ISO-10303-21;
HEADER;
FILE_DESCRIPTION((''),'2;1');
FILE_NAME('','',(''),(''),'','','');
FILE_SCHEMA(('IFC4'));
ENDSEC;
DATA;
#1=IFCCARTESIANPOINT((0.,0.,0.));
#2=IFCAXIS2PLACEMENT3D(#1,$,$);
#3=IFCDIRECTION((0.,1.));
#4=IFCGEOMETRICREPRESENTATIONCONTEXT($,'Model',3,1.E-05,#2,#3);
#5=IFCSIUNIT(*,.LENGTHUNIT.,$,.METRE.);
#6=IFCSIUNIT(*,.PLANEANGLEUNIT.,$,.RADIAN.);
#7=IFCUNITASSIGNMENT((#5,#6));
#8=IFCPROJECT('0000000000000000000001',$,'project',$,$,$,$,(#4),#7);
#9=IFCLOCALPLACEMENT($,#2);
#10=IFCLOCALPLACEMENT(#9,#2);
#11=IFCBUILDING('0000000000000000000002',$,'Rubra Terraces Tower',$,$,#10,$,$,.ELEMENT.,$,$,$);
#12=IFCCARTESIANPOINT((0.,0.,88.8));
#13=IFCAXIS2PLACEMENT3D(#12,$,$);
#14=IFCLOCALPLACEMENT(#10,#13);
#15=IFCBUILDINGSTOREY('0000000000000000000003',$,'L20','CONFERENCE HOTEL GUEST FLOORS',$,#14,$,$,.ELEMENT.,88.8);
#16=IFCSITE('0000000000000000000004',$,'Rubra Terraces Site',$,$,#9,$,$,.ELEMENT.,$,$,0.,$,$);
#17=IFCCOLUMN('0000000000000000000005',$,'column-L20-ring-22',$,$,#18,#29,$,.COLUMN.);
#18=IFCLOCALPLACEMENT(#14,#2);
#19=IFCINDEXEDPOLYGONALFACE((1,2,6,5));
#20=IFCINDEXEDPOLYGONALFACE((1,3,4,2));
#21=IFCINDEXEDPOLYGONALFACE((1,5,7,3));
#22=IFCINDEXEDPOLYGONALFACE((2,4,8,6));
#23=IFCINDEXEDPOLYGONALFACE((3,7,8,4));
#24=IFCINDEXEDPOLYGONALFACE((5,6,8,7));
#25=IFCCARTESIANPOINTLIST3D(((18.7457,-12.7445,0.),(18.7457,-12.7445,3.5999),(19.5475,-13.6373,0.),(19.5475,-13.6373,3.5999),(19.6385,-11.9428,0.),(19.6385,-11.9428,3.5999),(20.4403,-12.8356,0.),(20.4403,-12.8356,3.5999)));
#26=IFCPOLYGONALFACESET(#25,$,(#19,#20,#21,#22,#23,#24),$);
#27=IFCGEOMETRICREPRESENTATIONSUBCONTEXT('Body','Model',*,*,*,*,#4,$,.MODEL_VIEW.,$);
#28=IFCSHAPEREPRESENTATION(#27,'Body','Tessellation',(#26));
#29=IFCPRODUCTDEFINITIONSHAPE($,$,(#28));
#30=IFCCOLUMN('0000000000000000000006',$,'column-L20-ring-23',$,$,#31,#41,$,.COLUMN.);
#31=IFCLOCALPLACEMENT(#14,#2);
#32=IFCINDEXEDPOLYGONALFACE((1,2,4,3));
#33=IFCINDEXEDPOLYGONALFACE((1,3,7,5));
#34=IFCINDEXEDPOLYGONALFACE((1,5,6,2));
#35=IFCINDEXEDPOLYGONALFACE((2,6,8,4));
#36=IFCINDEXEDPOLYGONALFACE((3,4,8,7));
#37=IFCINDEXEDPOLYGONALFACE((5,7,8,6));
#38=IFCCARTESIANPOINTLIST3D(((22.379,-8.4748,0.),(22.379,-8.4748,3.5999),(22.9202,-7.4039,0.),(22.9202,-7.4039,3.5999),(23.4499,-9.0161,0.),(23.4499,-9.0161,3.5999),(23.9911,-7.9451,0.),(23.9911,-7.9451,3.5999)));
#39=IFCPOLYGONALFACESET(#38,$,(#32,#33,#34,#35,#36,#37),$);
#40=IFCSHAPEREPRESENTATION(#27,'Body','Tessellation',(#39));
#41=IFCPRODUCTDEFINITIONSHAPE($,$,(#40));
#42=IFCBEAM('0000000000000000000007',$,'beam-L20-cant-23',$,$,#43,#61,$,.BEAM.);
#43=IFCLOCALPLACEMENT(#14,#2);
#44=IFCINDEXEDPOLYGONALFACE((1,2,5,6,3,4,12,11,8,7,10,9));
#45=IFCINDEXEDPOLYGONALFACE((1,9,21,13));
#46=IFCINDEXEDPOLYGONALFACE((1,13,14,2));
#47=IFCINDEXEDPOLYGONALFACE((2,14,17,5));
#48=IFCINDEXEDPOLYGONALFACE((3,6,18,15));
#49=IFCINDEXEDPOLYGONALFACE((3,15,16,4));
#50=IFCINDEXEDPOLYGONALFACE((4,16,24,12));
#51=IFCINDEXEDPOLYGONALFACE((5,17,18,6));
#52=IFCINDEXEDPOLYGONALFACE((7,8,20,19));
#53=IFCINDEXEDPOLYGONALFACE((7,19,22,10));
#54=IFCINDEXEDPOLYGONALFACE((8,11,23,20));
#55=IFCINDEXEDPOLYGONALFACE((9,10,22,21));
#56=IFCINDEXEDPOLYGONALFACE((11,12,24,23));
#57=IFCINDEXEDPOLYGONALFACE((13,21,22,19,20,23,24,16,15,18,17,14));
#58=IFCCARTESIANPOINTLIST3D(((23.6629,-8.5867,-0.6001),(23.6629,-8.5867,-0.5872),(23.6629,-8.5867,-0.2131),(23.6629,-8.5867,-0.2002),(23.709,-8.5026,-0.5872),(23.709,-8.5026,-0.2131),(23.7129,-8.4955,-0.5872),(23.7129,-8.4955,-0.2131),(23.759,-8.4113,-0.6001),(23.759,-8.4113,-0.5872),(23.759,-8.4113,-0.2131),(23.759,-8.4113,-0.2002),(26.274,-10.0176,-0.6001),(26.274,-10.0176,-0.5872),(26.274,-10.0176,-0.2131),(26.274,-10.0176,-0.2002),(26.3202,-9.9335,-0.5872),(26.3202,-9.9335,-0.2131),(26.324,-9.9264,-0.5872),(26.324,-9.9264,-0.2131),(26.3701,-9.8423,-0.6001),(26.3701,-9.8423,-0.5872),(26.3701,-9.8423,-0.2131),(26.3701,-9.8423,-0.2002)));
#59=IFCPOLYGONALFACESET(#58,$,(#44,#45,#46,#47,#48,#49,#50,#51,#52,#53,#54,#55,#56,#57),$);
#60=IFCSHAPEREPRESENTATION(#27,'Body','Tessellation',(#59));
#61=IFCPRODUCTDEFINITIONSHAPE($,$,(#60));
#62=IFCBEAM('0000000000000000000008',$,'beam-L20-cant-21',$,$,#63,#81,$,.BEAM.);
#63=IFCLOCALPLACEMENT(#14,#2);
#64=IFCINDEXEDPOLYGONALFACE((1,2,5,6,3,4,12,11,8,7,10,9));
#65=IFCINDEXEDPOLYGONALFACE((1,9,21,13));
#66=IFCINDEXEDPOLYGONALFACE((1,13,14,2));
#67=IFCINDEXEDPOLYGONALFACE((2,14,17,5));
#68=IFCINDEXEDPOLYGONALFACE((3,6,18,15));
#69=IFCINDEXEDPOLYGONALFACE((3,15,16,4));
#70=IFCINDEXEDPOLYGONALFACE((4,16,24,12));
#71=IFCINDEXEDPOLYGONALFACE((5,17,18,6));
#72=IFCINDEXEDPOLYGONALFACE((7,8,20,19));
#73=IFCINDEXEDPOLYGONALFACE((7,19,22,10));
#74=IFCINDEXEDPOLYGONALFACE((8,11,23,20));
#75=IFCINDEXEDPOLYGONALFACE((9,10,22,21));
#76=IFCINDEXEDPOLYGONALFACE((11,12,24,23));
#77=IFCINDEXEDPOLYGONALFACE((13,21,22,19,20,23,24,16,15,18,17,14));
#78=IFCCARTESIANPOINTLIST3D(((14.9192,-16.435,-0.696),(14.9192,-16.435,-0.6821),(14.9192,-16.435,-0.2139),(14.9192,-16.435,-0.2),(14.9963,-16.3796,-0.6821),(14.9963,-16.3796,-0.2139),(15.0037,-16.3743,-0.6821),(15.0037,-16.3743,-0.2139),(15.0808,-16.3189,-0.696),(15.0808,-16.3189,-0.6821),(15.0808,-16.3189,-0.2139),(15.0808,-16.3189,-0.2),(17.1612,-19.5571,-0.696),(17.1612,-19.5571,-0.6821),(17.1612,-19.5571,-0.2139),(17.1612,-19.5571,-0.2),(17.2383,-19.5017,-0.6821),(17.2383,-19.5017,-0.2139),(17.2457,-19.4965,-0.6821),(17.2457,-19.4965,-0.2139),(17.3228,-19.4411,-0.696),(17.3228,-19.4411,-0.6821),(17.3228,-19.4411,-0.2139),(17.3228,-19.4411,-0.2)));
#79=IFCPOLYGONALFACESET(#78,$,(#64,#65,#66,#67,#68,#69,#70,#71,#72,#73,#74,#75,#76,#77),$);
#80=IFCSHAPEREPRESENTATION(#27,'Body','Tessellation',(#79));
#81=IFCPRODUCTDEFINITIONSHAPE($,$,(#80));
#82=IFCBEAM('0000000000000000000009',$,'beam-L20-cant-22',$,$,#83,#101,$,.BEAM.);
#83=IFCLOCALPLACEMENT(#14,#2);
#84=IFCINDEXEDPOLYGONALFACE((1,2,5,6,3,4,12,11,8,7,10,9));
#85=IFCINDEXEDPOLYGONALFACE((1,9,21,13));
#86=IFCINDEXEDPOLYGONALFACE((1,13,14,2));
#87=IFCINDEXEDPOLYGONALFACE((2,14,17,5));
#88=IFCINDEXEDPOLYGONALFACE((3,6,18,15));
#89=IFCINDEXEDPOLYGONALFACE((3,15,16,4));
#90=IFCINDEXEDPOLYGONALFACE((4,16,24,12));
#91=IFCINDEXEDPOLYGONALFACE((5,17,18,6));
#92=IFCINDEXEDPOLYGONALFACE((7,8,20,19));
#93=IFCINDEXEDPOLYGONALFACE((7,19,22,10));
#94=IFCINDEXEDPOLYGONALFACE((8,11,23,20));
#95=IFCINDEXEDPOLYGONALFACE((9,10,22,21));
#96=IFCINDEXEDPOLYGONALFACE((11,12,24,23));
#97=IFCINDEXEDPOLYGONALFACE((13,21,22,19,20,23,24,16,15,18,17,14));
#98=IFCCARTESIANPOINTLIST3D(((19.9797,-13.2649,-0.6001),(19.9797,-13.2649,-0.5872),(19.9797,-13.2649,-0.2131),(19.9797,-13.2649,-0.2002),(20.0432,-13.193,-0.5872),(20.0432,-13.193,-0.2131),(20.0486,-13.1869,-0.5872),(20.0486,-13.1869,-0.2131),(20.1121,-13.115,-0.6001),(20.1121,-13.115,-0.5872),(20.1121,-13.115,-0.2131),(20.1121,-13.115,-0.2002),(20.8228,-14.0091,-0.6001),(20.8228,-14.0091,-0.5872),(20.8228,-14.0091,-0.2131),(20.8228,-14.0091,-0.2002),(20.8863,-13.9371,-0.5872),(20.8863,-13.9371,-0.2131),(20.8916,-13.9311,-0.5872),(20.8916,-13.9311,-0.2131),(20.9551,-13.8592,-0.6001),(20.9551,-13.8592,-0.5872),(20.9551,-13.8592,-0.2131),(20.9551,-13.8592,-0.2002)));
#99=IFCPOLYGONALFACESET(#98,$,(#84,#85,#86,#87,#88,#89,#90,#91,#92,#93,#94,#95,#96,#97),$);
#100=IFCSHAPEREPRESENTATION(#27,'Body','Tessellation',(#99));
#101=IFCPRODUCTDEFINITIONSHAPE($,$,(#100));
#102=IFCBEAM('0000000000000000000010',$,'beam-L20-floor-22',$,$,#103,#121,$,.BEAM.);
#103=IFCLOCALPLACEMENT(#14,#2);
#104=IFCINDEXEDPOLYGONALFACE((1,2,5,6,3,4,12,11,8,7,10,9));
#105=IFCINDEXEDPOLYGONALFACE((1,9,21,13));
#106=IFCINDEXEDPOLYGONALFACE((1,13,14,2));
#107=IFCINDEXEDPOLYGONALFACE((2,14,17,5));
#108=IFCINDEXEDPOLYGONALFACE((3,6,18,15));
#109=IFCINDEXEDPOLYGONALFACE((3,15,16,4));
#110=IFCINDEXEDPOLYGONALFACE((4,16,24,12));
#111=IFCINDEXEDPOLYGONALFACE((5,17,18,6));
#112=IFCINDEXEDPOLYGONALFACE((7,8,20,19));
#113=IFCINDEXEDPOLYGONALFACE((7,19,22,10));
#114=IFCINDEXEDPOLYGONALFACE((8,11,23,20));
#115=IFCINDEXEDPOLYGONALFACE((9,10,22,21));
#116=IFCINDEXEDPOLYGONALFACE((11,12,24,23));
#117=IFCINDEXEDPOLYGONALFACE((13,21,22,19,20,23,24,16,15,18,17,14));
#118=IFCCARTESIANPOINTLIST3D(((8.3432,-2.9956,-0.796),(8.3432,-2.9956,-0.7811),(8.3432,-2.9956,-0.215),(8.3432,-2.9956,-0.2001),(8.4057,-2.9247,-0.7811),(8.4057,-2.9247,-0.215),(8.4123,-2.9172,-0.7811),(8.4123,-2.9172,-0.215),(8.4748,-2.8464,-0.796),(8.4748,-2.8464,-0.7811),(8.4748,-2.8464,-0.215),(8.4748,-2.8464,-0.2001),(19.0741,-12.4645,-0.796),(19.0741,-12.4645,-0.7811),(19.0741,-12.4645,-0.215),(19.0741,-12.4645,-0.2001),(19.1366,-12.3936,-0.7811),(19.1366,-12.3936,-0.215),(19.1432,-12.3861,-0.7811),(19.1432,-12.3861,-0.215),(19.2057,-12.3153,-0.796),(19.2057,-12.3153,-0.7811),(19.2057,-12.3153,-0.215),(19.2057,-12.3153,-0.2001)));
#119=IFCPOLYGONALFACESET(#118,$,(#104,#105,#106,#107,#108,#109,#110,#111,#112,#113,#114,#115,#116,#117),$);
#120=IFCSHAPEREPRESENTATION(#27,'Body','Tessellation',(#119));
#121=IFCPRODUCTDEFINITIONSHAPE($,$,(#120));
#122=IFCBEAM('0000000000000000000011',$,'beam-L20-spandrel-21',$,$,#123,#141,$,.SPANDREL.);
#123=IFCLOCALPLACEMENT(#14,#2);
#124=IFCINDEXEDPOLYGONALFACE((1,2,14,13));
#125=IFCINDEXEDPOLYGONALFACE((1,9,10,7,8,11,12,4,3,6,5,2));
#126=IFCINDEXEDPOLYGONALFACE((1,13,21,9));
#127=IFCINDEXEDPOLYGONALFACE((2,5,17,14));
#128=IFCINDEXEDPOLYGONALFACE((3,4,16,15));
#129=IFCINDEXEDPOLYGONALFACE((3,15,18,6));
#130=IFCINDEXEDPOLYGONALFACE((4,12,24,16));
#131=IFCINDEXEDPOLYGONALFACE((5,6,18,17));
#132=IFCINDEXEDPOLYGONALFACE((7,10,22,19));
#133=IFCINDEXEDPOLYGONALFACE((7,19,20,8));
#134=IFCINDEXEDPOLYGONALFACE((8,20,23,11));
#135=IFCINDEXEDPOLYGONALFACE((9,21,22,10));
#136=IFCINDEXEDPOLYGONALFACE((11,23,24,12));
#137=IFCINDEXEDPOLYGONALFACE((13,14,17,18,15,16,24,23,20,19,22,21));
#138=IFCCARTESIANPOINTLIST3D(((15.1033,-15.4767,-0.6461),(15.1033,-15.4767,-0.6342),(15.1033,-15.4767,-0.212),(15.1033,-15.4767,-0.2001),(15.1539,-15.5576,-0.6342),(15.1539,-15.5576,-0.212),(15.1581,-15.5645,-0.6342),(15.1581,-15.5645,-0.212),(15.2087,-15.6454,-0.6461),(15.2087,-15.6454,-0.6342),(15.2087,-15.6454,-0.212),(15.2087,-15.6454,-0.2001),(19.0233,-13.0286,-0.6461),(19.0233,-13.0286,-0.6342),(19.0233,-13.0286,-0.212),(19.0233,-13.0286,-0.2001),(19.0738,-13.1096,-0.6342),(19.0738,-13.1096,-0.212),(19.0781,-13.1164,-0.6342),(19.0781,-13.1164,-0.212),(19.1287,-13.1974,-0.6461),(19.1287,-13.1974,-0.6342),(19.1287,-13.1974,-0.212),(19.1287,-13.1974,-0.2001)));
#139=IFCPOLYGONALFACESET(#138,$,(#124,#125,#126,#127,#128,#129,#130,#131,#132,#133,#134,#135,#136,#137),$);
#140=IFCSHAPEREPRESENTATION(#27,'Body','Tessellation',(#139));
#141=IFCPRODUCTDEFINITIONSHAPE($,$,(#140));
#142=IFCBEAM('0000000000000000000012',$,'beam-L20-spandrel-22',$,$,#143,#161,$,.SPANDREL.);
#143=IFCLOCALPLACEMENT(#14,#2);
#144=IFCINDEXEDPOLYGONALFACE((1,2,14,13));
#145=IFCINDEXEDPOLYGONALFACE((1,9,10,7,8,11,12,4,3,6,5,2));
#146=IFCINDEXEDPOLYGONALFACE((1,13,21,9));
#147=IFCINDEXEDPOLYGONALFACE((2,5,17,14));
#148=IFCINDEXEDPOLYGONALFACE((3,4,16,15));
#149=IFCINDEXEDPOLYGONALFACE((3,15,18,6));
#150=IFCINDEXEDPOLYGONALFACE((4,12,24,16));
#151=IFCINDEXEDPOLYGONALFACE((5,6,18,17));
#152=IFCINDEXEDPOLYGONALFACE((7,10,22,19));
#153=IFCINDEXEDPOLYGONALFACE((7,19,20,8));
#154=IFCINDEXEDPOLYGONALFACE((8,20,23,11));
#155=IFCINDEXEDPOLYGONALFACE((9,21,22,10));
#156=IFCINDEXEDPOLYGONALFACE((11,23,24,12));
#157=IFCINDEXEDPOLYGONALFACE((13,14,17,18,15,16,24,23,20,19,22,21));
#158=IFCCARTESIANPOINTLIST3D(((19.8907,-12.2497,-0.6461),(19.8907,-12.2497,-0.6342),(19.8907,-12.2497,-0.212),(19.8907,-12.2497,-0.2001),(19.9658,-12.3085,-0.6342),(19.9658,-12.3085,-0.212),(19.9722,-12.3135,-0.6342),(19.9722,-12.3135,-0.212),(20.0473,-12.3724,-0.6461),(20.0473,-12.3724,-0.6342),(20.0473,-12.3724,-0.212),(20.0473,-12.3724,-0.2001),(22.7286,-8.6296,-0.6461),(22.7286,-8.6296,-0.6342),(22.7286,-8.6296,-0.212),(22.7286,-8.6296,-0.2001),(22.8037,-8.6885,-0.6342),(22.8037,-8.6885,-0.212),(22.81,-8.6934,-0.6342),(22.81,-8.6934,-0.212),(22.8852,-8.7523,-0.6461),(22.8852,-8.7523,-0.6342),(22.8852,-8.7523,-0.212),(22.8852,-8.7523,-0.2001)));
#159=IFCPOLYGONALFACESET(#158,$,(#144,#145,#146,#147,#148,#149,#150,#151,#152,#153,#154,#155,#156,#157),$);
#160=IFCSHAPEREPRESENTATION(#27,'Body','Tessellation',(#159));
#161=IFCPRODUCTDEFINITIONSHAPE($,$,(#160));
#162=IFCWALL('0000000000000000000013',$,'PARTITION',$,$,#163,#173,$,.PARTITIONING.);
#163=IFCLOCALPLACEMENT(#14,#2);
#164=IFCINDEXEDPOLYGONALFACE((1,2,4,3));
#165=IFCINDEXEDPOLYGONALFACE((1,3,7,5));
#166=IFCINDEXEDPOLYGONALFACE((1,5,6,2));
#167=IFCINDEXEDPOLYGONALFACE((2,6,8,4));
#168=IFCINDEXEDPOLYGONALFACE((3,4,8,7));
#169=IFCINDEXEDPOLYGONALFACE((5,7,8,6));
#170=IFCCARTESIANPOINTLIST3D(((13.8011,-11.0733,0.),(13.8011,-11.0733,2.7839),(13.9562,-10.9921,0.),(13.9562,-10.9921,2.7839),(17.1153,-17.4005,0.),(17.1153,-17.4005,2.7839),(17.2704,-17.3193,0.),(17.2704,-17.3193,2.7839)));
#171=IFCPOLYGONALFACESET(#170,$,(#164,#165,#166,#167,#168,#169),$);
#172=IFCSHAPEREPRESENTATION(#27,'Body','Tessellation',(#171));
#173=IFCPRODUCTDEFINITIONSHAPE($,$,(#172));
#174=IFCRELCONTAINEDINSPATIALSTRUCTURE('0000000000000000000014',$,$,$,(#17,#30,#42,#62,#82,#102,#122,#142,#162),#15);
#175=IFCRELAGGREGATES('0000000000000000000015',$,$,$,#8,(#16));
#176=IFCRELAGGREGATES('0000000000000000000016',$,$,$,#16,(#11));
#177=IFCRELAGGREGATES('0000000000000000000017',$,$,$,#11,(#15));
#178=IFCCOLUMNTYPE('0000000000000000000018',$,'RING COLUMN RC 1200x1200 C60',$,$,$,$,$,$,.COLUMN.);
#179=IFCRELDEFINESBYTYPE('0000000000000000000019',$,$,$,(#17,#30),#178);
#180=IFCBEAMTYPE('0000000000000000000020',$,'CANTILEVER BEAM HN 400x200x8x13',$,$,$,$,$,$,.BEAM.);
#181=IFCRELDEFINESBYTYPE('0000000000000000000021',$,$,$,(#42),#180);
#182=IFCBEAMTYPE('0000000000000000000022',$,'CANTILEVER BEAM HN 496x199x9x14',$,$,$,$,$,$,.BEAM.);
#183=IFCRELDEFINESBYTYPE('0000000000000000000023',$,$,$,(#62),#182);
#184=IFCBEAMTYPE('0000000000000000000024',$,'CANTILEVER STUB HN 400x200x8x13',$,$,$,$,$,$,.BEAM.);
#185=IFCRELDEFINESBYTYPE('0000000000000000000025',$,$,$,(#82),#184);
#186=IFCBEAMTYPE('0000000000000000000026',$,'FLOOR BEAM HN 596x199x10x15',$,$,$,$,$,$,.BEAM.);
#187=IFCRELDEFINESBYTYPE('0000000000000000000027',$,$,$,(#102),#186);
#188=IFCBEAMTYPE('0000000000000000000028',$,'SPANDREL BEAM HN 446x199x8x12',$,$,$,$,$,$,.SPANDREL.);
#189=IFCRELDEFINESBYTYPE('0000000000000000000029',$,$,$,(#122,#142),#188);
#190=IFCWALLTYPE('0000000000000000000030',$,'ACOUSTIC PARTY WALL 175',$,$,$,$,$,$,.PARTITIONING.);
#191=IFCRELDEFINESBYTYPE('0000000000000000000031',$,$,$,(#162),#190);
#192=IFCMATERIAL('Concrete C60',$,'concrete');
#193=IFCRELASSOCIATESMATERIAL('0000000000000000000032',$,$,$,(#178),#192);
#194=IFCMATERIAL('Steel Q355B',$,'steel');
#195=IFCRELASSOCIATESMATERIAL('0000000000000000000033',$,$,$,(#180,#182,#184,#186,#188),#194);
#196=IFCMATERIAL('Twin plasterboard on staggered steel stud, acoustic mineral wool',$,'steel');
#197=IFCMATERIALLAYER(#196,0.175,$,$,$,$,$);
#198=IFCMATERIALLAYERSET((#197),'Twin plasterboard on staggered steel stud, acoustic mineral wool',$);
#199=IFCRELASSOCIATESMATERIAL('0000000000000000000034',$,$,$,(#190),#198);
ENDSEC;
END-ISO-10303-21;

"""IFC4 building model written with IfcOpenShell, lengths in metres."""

from ifc_helpers import new_model, si_unit, direction, frame, frame_2d, origin, origin_2d, place, context, subcontext, project, spatial, rectangle, i_section, extrude, material, layer, layer_set, material_profile, profile_set, type_object, element, save


model = new_model("IFC4")

# Units and contexts
model_context = context("Model", 3, precision=1e-05, world=origin(), true_north=direction((0.0, 1.0)))
body_context = subcontext(model_context, "Body", "Model", "MODEL_VIEW")
ifc_project = project(units=[si_unit("LENGTHUNIT", "METRE"), si_unit("PLANEANGLEUNIT", "RADIAN")], contexts=[model_context])

# Site, building, storey
site_placement = place(None, origin())
site = spatial("IfcSite", under=ifc_project, at=site_placement, Name="Rubra Terraces Site", CompositionType="ELEMENT", RefElevation=0.0)
building_placement = place(site_placement, origin())
building = spatial("IfcBuilding", under=site, at=building_placement, Name="Rubra Terraces Tower", CompositionType="ELEMENT")
storey_placement = place(building_placement, frame((0.0, 0.0, 88.8)))
storey = spatial("IfcBuildingStorey", under=building, at=storey_placement, Name="L20", Description="CONFERENCE HOTEL GUEST FLOORS", CompositionType="ELEMENT", Elevation=88.8)

# Columns
ifc_material_1 = material(Name="Concrete C60", Category="concrete")
ifc_material_profile_1 = material_profile(ifc_material_1, rectangle(XDim=1.2, YDim=1.2, at=origin_2d()), Name="RC 1200x1200")
ifc_profile_set_1 = profile_set([ifc_material_profile_1], Name="Concrete C60")
column_type = type_object("IfcColumnType", Name="RING COLUMN RC 1200x1200 C60", PredefinedType="COLUMN", material=ifc_profile_set_1)
for number, where, z_axis, x_axis, name in (
    (1, (19.593, -12.79, 0.0), (0.0, 0.0, 1.0), (0.744021, 0.668156, 0.0), "column-L20-ring-22"),
    (2, (23.1851, -8.21, 0.0), (0.0, 0.0, 1.0), (0.451028, 0.89251, 0.0), "column-L20-ring-23"),
):
    element("IfcColumn", number, at=place(storey_placement, frame(where, z_axis=z_axis, x_axis=x_axis)), inside=storey, type_object=column_type, Name=name, PredefinedType="COLUMN", context=body_context, shape_type="SweptSolid", body=[
        extrude(rectangle(XDim=1.2, YDim=1.2, at=origin_2d()), origin(), (0.0, 0.0, 1.0), 3.5999),
    ])

# Beams
ifc_material_2 = material(Name="Steel Q355B", Category="steel")
ifc_material_profile_2 = material_profile(ifc_material_2, i_section(OverallWidth=0.2, OverallDepth=0.3999, WebThickness=0.0081, FlangeThickness=0.0129, at=origin_2d()), Name="HN 400x200x8x13")
ifc_profile_set_2 = profile_set([ifc_material_profile_2], Name="Steel Q355B")
beam_type_1 = type_object("IfcBeamType", Name="CANTILEVER BEAM HN 400x200x8x13", PredefinedType="BEAM", material=ifc_profile_set_2)
beam_1_placement = place(storey_placement, frame((23.7109, -8.499, -0.4001), z_axis=(0.876951, -0.48058, 0.0), x_axis=(0.48058, 0.876951, 0.0)))
element("IfcBeam", 3, at=beam_1_placement, inside=storey, type_object=beam_type_1, Name="beam-L20-cant-23", PredefinedType="BEAM", context=body_context, shape_type="SweptSolid", body=[
    extrude(i_section(OverallWidth=0.2, OverallDepth=0.3999, WebThickness=0.0081, FlangeThickness=0.0129, at=origin_2d()), origin(), (0.0, 0.0, 1.0), 2.9775),
])
ifc_material_profile_3 = material_profile(ifc_material_2, i_section(OverallWidth=0.199, OverallDepth=0.4961, WebThickness=0.009, FlangeThickness=0.0139, at=origin_2d()), Name="HN 496x199x9x14")
ifc_profile_set_3 = profile_set([ifc_material_profile_3], Name="Steel Q355B")
beam_type_2 = type_object("IfcBeamType", Name="CANTILEVER BEAM HN 496x199x9x14", PredefinedType="BEAM", material=ifc_profile_set_3)
beam_2_placement = place(storey_placement, frame((15.0, -16.377, -0.448), z_axis=(0.583285, -0.812267, 0.0), x_axis=(0.812267, 0.583285, 0.0)))
element("IfcBeam", 4, at=beam_2_placement, inside=storey, type_object=beam_type_2, Name="beam-L20-cant-21", PredefinedType="BEAM", context=body_context, shape_type="SweptSolid", body=[
    extrude(i_section(OverallWidth=0.199, OverallDepth=0.4961, WebThickness=0.009, FlangeThickness=0.0139, at=origin_2d()), origin(), (0.0, 0.0, 1.0), 3.8438),
])
ifc_material_profile_4 = material_profile(ifc_material_2, i_section(OverallWidth=0.2, OverallDepth=0.3999, WebThickness=0.0081, FlangeThickness=0.0129, at=origin_2d()), Name="HN 400x200x8x13")
ifc_profile_set_4 = profile_set([ifc_material_profile_4], Name="Steel Q355B")
beam_type_3 = type_object("IfcBeamType", Name="CANTILEVER STUB HN 400x200x8x13", PredefinedType="BEAM", material=ifc_profile_set_4)
beam_3_placement = place(storey_placement, frame((20.0459, -13.1899, -0.4001), z_axis=(0.749705, -0.661772, 0.0), x_axis=(0.661772, 0.749705, 0.0)))
element("IfcBeam", 5, at=beam_3_placement, inside=storey, type_object=beam_type_3, Name="beam-L20-cant-22", PredefinedType="BEAM", context=body_context, shape_type="SweptSolid", body=[
    extrude(i_section(OverallWidth=0.2, OverallDepth=0.3999, WebThickness=0.0081, FlangeThickness=0.0129, at=origin_2d()), origin(), (0.0, 0.0, 1.0), 1.1245),
])
ifc_material_profile_5 = material_profile(ifc_material_2, i_section(OverallWidth=0.199, OverallDepth=0.5959, WebThickness=0.01, FlangeThickness=0.0149, at=origin_2d()), Name="HN 596x199x10x15")
ifc_profile_set_5 = profile_set([ifc_material_profile_5], Name="Steel Q355B")
beam_type_4 = type_object("IfcBeamType", Name="FLOOR BEAM HN 596x199x10x15", PredefinedType="BEAM", material=ifc_profile_set_5)
beam_4_placement = place(storey_placement, frame((19.1399, -12.3899, -0.498), z_axis=(-0.74982, 0.661641, 0.0), x_axis=(-0.661641, -0.74982, 0.0)))
element("IfcBeam", 6, at=beam_4_placement, inside=storey, type_object=beam_type_4, Name="beam-L20-floor-22", PredefinedType="BEAM", context=body_context, shape_type="SweptSolid", body=[
    extrude(i_section(OverallWidth=0.199, OverallDepth=0.5959, WebThickness=0.01, FlangeThickness=0.0149, at=origin_2d()), origin(), (0.0, 0.0, 1.0), 14.3113),
])
ifc_material_profile_6 = material_profile(ifc_material_2, i_section(OverallWidth=0.199, OverallDepth=0.446, WebThickness=0.0081, FlangeThickness=0.012, at=origin_2d()), Name="HN 446x199x8x12")
ifc_profile_set_6 = profile_set([ifc_material_profile_6], Name="Steel Q355B")
beam_type_5 = type_object("IfcBeamType", Name="SPANDREL BEAM HN 446x199x8x12", PredefinedType="SPANDREL", material=ifc_profile_set_6)
beam_5_placement = place(storey_placement, frame((15.156, -15.561, -0.4231), z_axis=(0.848188, 0.529695, 0.0), x_axis=(-0.529695, 0.848188, 0.0)))
element("IfcBeam", 7, at=beam_5_placement, inside=storey, type_object=beam_type_5, Name="beam-L20-spandrel-21", PredefinedType="SPANDREL", context=body_context, shape_type="SweptSolid", body=[
    extrude(i_section(OverallWidth=0.199, OverallDepth=0.446, WebThickness=0.0081, FlangeThickness=0.012, at=origin_2d()), origin(), (0.0, 0.0, 1.0), 4.6216),
])
beam_6_placement = place(storey_placement, frame((19.969, -12.311, -0.4231), z_axis=(0.616949, 0.787003, 0.0), x_axis=(-0.787003, 0.616949, 0.0)))
element("IfcBeam", 8, at=beam_6_placement, inside=storey, type_object=beam_type_5, Name="beam-L20-spandrel-22", PredefinedType="SPANDREL", context=body_context, shape_type="SweptSolid", body=[
    extrude(i_section(OverallWidth=0.199, OverallDepth=0.446, WebThickness=0.0081, FlangeThickness=0.012, at=origin_2d()), origin(), (0.0, 0.0, 1.0), 4.5999),
])

# Wall
ifc_material_3 = material(Name="Twin plasterboard on staggered steel stud, acoustic mineral wool", Category="steel")
ifc_layer_1 = layer(ifc_material_3, 0.175)
ifc_layer_set_1 = layer_set([ifc_layer_1], Name="Twin plasterboard on staggered steel stud, acoustic mineral wool")
wall_type_1 = type_object("IfcWallType", Name="ACOUSTIC PARTY WALL 175", PredefinedType="PARTITIONING", material=ifc_layer_set_1)
wall_1_placement = place(storey_placement, frame((17.1929, -17.3599, 0.0), z_axis=(0.0, 0.0, 1.0), x_axis=(-0.464006, 0.885832, 0.0)))
element("IfcWall", 9, at=wall_1_placement, inside=storey, type_object=wall_type_1, Name="PARTITION", PredefinedType="PARTITIONING", context=body_context, shape_type="SweptSolid", body=[
    extrude(rectangle(XDim=7.1426, YDim=0.175, at=frame_2d((3.5713, 0.0))), origin(), (0.0, 0.0, 1.0), 2.7839),
])

save(model, "model.ifc")
